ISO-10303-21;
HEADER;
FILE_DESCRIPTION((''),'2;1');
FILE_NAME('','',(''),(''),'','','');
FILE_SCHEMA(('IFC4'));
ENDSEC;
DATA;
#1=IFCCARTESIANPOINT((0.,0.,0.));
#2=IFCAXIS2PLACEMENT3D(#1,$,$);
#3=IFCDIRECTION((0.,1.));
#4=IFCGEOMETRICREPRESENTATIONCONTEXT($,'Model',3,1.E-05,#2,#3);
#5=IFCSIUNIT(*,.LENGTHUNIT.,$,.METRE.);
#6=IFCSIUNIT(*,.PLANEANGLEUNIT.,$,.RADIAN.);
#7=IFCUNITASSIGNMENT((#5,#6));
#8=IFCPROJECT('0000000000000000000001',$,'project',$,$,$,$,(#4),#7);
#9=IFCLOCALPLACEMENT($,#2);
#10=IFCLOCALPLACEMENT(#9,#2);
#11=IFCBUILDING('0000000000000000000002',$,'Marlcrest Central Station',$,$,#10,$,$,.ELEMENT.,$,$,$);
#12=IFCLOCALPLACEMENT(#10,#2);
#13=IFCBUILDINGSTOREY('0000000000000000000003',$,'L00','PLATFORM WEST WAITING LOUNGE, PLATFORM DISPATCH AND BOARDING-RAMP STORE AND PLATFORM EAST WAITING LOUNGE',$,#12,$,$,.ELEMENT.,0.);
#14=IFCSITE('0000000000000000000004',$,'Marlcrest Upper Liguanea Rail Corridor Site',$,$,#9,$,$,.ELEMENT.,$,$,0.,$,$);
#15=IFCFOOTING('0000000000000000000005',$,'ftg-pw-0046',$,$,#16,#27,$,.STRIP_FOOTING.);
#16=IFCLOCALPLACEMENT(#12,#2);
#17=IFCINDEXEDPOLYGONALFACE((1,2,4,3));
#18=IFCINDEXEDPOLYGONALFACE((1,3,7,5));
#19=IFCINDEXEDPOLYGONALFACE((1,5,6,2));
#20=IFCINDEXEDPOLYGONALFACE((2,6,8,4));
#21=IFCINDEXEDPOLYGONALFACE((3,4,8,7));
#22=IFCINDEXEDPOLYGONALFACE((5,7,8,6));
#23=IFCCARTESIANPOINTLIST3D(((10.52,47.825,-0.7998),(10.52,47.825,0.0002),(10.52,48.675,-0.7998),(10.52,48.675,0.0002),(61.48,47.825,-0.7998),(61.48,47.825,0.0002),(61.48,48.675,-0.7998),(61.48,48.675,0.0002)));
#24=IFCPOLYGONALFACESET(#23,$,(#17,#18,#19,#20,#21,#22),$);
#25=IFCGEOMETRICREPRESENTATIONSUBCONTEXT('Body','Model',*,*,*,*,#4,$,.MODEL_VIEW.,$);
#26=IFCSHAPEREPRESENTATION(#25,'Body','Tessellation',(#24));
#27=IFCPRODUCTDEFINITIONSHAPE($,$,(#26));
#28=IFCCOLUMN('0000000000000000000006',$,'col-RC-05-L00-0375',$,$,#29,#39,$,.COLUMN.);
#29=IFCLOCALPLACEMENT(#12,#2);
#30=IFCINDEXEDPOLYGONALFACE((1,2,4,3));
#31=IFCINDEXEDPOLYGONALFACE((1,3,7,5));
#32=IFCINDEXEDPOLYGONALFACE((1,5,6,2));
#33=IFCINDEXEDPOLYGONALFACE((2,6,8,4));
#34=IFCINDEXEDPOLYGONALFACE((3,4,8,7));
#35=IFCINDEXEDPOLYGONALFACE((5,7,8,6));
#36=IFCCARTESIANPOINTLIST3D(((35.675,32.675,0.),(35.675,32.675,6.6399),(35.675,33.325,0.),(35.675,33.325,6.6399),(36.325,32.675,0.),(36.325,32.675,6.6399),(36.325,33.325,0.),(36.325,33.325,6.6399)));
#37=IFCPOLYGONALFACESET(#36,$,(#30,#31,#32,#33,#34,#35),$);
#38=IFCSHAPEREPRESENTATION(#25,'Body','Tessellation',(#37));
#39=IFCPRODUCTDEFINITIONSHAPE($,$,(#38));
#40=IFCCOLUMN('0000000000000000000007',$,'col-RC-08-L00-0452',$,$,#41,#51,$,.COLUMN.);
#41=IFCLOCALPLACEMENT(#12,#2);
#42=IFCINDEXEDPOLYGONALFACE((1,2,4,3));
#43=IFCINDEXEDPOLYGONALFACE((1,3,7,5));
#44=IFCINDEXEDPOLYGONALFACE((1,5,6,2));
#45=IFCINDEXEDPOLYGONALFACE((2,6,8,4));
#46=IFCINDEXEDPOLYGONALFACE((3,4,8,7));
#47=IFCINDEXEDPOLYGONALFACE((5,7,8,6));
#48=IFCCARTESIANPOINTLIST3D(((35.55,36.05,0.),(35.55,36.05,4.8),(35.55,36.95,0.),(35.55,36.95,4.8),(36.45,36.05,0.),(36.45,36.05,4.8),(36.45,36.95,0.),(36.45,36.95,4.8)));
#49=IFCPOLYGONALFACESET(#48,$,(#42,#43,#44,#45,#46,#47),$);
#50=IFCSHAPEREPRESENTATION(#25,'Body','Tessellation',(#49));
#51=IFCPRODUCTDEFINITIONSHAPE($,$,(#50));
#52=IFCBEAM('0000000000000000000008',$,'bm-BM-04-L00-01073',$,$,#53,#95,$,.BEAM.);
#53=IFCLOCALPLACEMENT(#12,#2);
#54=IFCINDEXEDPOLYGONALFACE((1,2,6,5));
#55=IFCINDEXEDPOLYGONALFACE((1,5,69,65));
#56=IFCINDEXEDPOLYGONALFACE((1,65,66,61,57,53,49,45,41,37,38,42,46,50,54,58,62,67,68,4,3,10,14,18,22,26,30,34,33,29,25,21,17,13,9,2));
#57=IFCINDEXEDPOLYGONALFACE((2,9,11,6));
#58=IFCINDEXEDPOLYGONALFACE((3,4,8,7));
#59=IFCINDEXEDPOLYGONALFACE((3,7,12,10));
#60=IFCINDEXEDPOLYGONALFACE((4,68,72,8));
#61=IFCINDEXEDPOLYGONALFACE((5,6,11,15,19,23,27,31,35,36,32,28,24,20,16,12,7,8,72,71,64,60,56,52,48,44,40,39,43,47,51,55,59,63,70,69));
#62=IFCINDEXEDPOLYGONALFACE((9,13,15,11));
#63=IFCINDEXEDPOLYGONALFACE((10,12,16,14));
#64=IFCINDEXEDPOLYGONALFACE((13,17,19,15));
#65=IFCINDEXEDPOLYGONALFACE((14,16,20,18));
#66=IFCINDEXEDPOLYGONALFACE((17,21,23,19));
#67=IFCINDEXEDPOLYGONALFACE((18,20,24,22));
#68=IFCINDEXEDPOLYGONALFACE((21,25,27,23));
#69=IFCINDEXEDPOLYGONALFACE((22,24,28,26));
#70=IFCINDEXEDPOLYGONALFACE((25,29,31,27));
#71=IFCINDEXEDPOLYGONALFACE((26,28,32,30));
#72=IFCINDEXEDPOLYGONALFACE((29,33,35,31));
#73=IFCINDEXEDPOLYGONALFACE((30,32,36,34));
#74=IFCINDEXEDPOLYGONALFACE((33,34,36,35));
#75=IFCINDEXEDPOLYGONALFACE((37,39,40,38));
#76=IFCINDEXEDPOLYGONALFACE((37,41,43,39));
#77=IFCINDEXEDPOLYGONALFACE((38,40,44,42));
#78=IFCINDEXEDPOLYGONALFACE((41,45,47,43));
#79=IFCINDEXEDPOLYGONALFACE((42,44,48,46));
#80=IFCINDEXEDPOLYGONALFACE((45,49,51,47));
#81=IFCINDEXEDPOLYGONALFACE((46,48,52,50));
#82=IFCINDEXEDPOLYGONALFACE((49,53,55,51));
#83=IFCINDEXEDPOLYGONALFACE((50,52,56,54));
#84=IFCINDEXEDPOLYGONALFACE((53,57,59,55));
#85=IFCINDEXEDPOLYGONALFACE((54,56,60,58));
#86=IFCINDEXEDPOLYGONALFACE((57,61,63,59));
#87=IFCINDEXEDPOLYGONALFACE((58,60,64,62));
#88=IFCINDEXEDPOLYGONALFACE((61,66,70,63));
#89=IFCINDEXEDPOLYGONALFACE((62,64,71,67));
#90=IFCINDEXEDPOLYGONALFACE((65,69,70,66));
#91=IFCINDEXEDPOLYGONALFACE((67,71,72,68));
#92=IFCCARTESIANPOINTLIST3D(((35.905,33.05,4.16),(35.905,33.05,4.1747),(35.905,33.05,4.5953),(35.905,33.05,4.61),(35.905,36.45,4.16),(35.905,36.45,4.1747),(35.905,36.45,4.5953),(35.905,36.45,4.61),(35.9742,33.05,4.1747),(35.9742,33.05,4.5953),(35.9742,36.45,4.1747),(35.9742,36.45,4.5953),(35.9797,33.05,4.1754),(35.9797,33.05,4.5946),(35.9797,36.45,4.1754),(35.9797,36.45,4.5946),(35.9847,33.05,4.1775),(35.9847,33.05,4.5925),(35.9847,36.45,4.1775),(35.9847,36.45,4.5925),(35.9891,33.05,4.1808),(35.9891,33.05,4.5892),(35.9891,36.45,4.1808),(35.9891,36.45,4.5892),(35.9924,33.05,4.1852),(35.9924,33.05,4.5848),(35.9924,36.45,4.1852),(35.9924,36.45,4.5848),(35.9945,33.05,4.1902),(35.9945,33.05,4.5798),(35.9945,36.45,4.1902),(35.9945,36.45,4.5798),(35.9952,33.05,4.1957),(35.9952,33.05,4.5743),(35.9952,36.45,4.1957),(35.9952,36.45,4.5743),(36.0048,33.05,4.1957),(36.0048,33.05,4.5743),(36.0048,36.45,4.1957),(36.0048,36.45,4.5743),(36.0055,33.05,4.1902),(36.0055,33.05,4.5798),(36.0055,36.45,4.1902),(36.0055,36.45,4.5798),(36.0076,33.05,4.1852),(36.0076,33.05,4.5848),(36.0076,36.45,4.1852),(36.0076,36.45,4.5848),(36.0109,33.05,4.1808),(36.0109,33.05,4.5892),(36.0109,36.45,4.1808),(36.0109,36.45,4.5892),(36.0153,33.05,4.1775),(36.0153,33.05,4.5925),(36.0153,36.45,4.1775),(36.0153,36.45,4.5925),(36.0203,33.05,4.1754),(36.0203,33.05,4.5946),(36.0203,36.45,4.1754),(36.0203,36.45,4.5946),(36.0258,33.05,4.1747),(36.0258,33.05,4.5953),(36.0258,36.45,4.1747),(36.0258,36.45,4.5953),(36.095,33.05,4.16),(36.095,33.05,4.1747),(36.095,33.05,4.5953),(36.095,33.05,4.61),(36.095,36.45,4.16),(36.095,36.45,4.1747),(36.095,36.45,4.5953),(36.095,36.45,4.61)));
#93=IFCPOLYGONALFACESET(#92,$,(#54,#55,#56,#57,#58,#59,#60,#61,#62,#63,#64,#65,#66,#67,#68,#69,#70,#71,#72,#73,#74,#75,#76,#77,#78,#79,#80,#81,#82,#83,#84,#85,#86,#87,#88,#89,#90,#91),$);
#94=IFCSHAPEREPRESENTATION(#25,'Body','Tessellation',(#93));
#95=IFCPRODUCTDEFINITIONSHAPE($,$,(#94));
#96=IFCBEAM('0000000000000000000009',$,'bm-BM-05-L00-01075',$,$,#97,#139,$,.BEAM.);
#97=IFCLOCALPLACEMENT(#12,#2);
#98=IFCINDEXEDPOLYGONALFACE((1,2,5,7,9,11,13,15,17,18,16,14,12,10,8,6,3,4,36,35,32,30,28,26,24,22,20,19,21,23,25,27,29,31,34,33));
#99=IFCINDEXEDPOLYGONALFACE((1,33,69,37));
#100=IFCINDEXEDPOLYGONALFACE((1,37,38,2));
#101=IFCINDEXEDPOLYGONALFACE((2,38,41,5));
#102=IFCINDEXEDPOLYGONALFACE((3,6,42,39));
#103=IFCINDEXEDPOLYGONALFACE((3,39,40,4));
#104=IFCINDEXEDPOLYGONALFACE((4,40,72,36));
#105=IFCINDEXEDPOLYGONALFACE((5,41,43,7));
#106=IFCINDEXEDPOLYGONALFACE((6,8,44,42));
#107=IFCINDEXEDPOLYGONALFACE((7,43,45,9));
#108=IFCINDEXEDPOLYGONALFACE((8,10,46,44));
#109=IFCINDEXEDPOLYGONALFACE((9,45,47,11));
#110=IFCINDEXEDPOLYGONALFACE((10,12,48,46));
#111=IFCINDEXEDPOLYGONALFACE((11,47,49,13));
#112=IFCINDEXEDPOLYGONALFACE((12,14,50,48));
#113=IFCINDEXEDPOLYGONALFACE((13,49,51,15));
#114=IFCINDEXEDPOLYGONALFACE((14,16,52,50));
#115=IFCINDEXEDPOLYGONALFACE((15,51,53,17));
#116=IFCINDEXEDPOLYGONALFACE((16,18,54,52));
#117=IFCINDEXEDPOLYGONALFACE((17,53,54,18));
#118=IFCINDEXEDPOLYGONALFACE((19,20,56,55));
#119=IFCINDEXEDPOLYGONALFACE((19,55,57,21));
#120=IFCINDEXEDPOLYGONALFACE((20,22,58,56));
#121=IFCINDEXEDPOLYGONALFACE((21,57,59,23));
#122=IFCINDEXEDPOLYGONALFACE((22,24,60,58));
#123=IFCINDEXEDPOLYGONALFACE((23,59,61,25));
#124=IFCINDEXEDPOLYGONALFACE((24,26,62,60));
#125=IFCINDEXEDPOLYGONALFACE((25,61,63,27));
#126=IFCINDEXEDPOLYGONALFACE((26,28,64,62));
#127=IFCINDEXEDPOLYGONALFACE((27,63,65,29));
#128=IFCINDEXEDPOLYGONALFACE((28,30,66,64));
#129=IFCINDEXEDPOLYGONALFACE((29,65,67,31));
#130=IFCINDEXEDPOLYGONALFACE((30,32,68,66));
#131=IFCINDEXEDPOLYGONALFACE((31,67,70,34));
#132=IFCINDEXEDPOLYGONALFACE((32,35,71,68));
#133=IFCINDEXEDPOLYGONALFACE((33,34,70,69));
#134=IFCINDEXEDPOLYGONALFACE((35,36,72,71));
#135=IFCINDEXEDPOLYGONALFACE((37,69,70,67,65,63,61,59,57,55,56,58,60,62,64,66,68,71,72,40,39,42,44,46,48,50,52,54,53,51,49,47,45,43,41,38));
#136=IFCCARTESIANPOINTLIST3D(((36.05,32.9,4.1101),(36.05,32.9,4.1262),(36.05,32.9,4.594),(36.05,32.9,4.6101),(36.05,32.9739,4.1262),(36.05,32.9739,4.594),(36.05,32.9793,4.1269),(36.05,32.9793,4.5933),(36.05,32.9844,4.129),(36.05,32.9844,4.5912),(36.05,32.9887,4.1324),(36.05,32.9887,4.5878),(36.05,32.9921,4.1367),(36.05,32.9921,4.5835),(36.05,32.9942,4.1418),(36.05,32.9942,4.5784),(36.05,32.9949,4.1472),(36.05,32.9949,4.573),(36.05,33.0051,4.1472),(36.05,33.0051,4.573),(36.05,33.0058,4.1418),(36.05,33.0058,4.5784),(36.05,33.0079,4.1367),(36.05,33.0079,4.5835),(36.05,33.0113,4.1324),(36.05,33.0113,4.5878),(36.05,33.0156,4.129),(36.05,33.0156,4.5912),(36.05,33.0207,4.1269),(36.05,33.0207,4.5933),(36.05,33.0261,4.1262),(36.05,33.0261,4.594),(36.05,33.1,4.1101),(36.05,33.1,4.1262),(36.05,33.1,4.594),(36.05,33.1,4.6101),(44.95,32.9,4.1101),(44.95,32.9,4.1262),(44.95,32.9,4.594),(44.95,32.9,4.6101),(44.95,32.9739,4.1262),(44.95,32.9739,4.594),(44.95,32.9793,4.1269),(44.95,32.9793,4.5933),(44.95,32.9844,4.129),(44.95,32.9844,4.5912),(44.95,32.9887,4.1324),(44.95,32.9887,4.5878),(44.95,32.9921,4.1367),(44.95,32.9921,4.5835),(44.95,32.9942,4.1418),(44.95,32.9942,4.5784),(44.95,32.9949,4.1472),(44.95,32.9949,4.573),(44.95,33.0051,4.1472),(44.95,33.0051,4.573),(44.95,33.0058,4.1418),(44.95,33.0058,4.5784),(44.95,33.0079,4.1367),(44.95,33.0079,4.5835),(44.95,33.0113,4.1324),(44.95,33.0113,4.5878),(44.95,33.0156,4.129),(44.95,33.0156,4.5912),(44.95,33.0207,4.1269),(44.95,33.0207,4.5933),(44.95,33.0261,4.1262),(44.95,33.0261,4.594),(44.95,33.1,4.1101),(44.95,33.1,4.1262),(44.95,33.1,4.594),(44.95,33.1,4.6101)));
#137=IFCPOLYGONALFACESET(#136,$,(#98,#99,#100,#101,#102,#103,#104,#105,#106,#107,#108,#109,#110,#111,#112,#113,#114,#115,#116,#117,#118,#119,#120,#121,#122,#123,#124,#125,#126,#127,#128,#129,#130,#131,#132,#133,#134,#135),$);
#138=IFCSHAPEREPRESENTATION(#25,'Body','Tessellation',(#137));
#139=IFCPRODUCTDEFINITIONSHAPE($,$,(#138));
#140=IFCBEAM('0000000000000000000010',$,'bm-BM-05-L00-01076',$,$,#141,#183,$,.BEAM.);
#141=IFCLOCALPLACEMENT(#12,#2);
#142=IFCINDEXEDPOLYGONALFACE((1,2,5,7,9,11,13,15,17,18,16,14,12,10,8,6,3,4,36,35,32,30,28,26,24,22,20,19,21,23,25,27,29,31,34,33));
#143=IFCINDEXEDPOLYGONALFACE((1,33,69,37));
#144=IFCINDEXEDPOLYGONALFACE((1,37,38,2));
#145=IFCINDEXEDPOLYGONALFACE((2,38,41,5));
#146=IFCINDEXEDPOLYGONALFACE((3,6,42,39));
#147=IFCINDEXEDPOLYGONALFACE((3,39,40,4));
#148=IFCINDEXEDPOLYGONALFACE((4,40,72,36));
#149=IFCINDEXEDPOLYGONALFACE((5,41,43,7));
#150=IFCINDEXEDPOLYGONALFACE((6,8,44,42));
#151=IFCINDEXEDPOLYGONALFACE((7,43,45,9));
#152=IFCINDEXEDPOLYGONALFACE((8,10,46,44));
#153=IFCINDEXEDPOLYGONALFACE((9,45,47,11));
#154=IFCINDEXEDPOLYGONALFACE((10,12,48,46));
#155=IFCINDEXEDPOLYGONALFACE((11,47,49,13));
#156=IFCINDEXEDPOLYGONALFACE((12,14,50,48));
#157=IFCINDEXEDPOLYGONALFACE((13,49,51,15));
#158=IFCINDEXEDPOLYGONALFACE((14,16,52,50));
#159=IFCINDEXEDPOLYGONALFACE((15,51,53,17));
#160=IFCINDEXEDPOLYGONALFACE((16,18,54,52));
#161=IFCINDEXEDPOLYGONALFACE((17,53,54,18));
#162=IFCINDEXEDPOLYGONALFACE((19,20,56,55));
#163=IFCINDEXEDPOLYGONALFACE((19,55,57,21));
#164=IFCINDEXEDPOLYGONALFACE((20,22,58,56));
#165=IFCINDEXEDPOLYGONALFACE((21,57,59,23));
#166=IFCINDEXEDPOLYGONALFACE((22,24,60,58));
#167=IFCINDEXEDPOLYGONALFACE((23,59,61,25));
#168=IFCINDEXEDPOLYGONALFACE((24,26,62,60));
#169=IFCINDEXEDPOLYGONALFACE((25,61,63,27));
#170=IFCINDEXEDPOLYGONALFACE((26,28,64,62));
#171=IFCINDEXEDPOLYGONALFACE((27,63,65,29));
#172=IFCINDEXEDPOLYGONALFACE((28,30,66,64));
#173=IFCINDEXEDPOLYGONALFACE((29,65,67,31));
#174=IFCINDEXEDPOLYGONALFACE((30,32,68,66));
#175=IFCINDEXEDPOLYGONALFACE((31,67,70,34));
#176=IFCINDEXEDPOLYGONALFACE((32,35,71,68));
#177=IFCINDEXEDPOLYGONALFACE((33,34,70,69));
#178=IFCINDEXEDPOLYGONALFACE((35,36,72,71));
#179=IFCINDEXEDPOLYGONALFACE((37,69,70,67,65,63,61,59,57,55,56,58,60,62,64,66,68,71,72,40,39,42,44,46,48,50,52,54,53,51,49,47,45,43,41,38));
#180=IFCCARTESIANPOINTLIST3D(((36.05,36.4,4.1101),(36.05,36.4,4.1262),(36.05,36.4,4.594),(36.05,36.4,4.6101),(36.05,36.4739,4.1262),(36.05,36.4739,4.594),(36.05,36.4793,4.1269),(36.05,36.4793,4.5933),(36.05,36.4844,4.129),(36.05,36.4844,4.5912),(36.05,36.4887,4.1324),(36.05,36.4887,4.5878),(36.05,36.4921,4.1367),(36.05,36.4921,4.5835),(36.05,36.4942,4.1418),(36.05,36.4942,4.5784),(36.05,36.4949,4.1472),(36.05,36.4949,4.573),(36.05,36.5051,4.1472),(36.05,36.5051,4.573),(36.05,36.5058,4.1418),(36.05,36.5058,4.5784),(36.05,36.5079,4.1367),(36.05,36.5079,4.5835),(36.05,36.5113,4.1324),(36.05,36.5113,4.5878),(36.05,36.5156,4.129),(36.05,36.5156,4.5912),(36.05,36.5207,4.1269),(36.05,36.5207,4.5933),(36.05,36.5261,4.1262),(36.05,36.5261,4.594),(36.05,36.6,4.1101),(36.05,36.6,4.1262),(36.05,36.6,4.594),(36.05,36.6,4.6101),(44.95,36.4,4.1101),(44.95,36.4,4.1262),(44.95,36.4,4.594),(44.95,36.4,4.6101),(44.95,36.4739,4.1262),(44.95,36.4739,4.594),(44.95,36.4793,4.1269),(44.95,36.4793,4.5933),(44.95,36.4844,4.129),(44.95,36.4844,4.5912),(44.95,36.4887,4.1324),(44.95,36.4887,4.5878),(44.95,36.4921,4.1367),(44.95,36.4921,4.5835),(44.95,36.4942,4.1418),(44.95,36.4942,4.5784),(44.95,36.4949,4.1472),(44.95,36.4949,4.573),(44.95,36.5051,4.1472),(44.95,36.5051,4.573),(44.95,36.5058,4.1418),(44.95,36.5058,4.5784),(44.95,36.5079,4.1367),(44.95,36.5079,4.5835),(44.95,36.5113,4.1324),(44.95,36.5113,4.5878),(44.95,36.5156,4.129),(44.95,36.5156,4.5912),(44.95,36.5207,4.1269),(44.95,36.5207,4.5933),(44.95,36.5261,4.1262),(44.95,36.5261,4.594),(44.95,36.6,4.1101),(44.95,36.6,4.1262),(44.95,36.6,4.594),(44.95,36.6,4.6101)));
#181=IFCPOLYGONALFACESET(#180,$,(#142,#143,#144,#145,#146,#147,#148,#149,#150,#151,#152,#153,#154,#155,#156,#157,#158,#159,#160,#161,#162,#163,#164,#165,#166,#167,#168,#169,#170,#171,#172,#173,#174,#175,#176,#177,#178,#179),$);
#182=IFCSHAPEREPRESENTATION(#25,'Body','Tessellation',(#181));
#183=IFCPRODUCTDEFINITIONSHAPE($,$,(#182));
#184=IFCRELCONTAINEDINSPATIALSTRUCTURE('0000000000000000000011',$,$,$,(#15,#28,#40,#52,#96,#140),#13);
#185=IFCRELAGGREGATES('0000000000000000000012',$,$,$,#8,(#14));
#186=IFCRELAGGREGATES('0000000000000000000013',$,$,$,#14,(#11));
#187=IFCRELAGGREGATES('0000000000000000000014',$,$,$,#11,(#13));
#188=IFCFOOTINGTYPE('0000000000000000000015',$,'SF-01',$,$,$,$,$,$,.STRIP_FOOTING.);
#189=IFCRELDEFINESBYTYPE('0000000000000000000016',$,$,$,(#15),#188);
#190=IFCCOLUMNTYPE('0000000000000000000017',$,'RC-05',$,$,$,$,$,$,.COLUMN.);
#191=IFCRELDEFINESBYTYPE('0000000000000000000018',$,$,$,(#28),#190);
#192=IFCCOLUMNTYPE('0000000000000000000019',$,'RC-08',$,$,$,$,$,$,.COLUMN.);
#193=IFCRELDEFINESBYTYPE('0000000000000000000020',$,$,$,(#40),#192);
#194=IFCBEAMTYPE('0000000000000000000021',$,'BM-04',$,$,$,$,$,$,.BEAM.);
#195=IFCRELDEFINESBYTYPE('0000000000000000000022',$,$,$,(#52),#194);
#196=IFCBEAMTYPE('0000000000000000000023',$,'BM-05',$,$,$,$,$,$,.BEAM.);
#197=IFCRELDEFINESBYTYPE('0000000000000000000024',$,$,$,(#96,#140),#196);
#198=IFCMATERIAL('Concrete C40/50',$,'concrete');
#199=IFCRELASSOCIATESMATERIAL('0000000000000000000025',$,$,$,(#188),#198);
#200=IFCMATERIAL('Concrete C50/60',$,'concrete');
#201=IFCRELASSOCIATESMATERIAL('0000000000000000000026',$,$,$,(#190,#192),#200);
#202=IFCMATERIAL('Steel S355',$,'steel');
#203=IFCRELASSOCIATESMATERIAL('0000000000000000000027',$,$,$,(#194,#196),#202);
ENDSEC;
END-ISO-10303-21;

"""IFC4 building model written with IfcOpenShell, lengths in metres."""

from ifc_helpers import new_model, si_unit, direction, frame, origin, origin_2d, place, context, subcontext, project, spatial, rectangle, i_section, extrude, material, material_profile, profile_set, type_object, element, save


model = new_model("IFC4")

# Units and contexts
model_context = context("Model", 3, precision=1e-05, world=origin(), true_north=direction((0.0, 1.0)))
body_context = subcontext(model_context, "Body", "Model", "MODEL_VIEW")
ifc_project = project(units=[si_unit("LENGTHUNIT", "METRE"), si_unit("PLANEANGLEUNIT", "RADIAN")], contexts=[model_context])

# Site, building, storey
site_placement = place(None, origin())
site = spatial("IfcSite", under=ifc_project, at=site_placement, Name="Marlcrest Upper Liguanea Rail Corridor Site", CompositionType="ELEMENT", RefElevation=0.0)
building_placement = place(site_placement, origin())
building = spatial("IfcBuilding", under=site, at=building_placement, Name="Marlcrest Central Station", CompositionType="ELEMENT")
storey_placement = place(building_placement, origin())
storey = spatial("IfcBuildingStorey", under=building, at=storey_placement, Name="L00", Description="PLATFORM WEST WAITING LOUNGE, PLATFORM DISPATCH AND BOARDING-RAMP STORE AND PLATFORM EAST WAITING LOUNGE", CompositionType="ELEMENT", Elevation=0.0)

# Footing
ifc_material_1 = material(Name="Concrete C40/50", Category="concrete")
footing_type_1 = type_object("IfcFootingType", Name="SF-01", PredefinedType="STRIP_FOOTING", material=ifc_material_1)
footing_1_placement = place(storey_placement, frame((36.0, 48.25, -0.7998), z_axis=(0.0, 0.0, 1.0), x_axis=(1.0, 0.0, 0.0)))
element("IfcFooting", 1, at=footing_1_placement, inside=storey, type_object=footing_type_1, Name="ftg-pw-0046", PredefinedType="STRIP_FOOTING", context=body_context, shape_type="SweptSolid", body=[
    extrude(rectangle(XDim=50.96, YDim=0.8501, at=origin_2d()), origin(), (0.0, 0.0, 1.0), 0.8),
])

# Columns
ifc_material_2 = material(Name="Concrete C50/60", Category="concrete")
ifc_material_profile_1 = material_profile(ifc_material_2, rectangle(XDim=0.6499, YDim=0.6499, at=origin_2d()), Name="RC 650x650")
ifc_profile_set_1 = profile_set([ifc_material_profile_1], Name="Concrete C50/60")
column_type_1 = type_object("IfcColumnType", Name="RC-05", PredefinedType="COLUMN", material=ifc_profile_set_1)
column_1_placement = place(storey_placement, frame((36.0, 33.0, 0.0), z_axis=(0.0, 0.0, 1.0), x_axis=(1.0, 0.0, 0.0)))
element("IfcColumn", 2, at=column_1_placement, inside=storey, type_object=column_type_1, Name="col-RC-05-L00-0375", PredefinedType="COLUMN", context=body_context, shape_type="SweptSolid", body=[
    extrude(rectangle(XDim=0.6499, YDim=0.6499, at=origin_2d()), origin(), (0.0, 0.0, 1.0), 6.6399),
])
ifc_material_profile_2 = material_profile(ifc_material_2, rectangle(XDim=0.8999, YDim=0.8999, at=origin_2d()), Name="RC 900x900")
ifc_profile_set_2 = profile_set([ifc_material_profile_2], Name="Concrete C50/60")
column_type_2 = type_object("IfcColumnType", Name="RC-08", PredefinedType="COLUMN", material=ifc_profile_set_2)
column_2_placement = place(storey_placement, frame((36.0, 36.5, 0.0), z_axis=(0.0, 0.0, 1.0), x_axis=(1.0, 0.0, 0.0)))
element("IfcColumn", 3, at=column_2_placement, inside=storey, type_object=column_type_2, Name="col-RC-08-L00-0452", PredefinedType="COLUMN", context=body_context, shape_type="SweptSolid", body=[
    extrude(rectangle(XDim=0.8999, YDim=0.8999, at=origin_2d()), origin(), (0.0, 0.0, 1.0), 4.8),
])

# Beams
ifc_material_3 = material(Name="Steel S355", Category="steel")
ifc_material_profile_3 = material_profile(ifc_material_3, i_section(OverallWidth=0.1899, OverallDepth=0.45, WebThickness=0.0095, FlangeThickness=0.0146, FilletRadius=0.021, at=origin_2d()), Name="IPE 450")
ifc_profile_set_3 = profile_set([ifc_material_profile_3], Name="Steel S355")
beam_type_1 = type_object("IfcBeamType", Name="BM-04", PredefinedType="BEAM", material=ifc_profile_set_3)
beam_placement = place(storey_placement, frame((36.0, 33.05, 4.385), z_axis=(0.0, 1.0, 0.0), x_axis=(-1.0, 0.0, 0.0)))
element("IfcBeam", 4, at=beam_placement, inside=storey, type_object=beam_type_1, Name="bm-BM-04-L00-01073", PredefinedType="BEAM", context=body_context, shape_type="SweptSolid", body=[
    extrude(i_section(OverallWidth=0.1899, OverallDepth=0.45, WebThickness=0.0095, FlangeThickness=0.0146, FilletRadius=0.021, at=origin_2d()), origin(), (0.0, 0.0, 1.0), 3.3999),
])
ifc_material_profile_4 = material_profile(ifc_material_3, i_section(OverallWidth=0.2, OverallDepth=0.5, WebThickness=0.0103, FlangeThickness=0.0161, FilletRadius=0.021, at=origin_2d()), Name="IPE 500")
ifc_profile_set_4 = profile_set([ifc_material_profile_4], Name="Steel S355")
beam_type_2 = type_object("IfcBeamType", Name="BM-05", PredefinedType="BEAM", material=ifc_profile_set_4)
for number, where, z_axis, x_axis, name in (
    (5, (36.05, 33.0, 4.3601), (1.0, 0.0, 0.0), (0.0, 1.0, 0.0), "bm-BM-05-L00-01075"),
    (6, (36.05, 36.5, 4.3601), (1.0, 0.0, 0.0), (0.0, 1.0, 0.0), "bm-BM-05-L00-01076"),
):
    element("IfcBeam", number, at=place(storey_placement, frame(where, z_axis=z_axis, x_axis=x_axis)), inside=storey, type_object=beam_type_2, Name=name, PredefinedType="BEAM", context=body_context, shape_type="SweptSolid", body=[
        extrude(i_section(OverallWidth=0.2, OverallDepth=0.5, WebThickness=0.0103, FlangeThickness=0.0161, FilletRadius=0.021, at=origin_2d()), origin(), (0.0, 0.0, 1.0), 8.8999),
    ])

save(model, "model.ifc")
